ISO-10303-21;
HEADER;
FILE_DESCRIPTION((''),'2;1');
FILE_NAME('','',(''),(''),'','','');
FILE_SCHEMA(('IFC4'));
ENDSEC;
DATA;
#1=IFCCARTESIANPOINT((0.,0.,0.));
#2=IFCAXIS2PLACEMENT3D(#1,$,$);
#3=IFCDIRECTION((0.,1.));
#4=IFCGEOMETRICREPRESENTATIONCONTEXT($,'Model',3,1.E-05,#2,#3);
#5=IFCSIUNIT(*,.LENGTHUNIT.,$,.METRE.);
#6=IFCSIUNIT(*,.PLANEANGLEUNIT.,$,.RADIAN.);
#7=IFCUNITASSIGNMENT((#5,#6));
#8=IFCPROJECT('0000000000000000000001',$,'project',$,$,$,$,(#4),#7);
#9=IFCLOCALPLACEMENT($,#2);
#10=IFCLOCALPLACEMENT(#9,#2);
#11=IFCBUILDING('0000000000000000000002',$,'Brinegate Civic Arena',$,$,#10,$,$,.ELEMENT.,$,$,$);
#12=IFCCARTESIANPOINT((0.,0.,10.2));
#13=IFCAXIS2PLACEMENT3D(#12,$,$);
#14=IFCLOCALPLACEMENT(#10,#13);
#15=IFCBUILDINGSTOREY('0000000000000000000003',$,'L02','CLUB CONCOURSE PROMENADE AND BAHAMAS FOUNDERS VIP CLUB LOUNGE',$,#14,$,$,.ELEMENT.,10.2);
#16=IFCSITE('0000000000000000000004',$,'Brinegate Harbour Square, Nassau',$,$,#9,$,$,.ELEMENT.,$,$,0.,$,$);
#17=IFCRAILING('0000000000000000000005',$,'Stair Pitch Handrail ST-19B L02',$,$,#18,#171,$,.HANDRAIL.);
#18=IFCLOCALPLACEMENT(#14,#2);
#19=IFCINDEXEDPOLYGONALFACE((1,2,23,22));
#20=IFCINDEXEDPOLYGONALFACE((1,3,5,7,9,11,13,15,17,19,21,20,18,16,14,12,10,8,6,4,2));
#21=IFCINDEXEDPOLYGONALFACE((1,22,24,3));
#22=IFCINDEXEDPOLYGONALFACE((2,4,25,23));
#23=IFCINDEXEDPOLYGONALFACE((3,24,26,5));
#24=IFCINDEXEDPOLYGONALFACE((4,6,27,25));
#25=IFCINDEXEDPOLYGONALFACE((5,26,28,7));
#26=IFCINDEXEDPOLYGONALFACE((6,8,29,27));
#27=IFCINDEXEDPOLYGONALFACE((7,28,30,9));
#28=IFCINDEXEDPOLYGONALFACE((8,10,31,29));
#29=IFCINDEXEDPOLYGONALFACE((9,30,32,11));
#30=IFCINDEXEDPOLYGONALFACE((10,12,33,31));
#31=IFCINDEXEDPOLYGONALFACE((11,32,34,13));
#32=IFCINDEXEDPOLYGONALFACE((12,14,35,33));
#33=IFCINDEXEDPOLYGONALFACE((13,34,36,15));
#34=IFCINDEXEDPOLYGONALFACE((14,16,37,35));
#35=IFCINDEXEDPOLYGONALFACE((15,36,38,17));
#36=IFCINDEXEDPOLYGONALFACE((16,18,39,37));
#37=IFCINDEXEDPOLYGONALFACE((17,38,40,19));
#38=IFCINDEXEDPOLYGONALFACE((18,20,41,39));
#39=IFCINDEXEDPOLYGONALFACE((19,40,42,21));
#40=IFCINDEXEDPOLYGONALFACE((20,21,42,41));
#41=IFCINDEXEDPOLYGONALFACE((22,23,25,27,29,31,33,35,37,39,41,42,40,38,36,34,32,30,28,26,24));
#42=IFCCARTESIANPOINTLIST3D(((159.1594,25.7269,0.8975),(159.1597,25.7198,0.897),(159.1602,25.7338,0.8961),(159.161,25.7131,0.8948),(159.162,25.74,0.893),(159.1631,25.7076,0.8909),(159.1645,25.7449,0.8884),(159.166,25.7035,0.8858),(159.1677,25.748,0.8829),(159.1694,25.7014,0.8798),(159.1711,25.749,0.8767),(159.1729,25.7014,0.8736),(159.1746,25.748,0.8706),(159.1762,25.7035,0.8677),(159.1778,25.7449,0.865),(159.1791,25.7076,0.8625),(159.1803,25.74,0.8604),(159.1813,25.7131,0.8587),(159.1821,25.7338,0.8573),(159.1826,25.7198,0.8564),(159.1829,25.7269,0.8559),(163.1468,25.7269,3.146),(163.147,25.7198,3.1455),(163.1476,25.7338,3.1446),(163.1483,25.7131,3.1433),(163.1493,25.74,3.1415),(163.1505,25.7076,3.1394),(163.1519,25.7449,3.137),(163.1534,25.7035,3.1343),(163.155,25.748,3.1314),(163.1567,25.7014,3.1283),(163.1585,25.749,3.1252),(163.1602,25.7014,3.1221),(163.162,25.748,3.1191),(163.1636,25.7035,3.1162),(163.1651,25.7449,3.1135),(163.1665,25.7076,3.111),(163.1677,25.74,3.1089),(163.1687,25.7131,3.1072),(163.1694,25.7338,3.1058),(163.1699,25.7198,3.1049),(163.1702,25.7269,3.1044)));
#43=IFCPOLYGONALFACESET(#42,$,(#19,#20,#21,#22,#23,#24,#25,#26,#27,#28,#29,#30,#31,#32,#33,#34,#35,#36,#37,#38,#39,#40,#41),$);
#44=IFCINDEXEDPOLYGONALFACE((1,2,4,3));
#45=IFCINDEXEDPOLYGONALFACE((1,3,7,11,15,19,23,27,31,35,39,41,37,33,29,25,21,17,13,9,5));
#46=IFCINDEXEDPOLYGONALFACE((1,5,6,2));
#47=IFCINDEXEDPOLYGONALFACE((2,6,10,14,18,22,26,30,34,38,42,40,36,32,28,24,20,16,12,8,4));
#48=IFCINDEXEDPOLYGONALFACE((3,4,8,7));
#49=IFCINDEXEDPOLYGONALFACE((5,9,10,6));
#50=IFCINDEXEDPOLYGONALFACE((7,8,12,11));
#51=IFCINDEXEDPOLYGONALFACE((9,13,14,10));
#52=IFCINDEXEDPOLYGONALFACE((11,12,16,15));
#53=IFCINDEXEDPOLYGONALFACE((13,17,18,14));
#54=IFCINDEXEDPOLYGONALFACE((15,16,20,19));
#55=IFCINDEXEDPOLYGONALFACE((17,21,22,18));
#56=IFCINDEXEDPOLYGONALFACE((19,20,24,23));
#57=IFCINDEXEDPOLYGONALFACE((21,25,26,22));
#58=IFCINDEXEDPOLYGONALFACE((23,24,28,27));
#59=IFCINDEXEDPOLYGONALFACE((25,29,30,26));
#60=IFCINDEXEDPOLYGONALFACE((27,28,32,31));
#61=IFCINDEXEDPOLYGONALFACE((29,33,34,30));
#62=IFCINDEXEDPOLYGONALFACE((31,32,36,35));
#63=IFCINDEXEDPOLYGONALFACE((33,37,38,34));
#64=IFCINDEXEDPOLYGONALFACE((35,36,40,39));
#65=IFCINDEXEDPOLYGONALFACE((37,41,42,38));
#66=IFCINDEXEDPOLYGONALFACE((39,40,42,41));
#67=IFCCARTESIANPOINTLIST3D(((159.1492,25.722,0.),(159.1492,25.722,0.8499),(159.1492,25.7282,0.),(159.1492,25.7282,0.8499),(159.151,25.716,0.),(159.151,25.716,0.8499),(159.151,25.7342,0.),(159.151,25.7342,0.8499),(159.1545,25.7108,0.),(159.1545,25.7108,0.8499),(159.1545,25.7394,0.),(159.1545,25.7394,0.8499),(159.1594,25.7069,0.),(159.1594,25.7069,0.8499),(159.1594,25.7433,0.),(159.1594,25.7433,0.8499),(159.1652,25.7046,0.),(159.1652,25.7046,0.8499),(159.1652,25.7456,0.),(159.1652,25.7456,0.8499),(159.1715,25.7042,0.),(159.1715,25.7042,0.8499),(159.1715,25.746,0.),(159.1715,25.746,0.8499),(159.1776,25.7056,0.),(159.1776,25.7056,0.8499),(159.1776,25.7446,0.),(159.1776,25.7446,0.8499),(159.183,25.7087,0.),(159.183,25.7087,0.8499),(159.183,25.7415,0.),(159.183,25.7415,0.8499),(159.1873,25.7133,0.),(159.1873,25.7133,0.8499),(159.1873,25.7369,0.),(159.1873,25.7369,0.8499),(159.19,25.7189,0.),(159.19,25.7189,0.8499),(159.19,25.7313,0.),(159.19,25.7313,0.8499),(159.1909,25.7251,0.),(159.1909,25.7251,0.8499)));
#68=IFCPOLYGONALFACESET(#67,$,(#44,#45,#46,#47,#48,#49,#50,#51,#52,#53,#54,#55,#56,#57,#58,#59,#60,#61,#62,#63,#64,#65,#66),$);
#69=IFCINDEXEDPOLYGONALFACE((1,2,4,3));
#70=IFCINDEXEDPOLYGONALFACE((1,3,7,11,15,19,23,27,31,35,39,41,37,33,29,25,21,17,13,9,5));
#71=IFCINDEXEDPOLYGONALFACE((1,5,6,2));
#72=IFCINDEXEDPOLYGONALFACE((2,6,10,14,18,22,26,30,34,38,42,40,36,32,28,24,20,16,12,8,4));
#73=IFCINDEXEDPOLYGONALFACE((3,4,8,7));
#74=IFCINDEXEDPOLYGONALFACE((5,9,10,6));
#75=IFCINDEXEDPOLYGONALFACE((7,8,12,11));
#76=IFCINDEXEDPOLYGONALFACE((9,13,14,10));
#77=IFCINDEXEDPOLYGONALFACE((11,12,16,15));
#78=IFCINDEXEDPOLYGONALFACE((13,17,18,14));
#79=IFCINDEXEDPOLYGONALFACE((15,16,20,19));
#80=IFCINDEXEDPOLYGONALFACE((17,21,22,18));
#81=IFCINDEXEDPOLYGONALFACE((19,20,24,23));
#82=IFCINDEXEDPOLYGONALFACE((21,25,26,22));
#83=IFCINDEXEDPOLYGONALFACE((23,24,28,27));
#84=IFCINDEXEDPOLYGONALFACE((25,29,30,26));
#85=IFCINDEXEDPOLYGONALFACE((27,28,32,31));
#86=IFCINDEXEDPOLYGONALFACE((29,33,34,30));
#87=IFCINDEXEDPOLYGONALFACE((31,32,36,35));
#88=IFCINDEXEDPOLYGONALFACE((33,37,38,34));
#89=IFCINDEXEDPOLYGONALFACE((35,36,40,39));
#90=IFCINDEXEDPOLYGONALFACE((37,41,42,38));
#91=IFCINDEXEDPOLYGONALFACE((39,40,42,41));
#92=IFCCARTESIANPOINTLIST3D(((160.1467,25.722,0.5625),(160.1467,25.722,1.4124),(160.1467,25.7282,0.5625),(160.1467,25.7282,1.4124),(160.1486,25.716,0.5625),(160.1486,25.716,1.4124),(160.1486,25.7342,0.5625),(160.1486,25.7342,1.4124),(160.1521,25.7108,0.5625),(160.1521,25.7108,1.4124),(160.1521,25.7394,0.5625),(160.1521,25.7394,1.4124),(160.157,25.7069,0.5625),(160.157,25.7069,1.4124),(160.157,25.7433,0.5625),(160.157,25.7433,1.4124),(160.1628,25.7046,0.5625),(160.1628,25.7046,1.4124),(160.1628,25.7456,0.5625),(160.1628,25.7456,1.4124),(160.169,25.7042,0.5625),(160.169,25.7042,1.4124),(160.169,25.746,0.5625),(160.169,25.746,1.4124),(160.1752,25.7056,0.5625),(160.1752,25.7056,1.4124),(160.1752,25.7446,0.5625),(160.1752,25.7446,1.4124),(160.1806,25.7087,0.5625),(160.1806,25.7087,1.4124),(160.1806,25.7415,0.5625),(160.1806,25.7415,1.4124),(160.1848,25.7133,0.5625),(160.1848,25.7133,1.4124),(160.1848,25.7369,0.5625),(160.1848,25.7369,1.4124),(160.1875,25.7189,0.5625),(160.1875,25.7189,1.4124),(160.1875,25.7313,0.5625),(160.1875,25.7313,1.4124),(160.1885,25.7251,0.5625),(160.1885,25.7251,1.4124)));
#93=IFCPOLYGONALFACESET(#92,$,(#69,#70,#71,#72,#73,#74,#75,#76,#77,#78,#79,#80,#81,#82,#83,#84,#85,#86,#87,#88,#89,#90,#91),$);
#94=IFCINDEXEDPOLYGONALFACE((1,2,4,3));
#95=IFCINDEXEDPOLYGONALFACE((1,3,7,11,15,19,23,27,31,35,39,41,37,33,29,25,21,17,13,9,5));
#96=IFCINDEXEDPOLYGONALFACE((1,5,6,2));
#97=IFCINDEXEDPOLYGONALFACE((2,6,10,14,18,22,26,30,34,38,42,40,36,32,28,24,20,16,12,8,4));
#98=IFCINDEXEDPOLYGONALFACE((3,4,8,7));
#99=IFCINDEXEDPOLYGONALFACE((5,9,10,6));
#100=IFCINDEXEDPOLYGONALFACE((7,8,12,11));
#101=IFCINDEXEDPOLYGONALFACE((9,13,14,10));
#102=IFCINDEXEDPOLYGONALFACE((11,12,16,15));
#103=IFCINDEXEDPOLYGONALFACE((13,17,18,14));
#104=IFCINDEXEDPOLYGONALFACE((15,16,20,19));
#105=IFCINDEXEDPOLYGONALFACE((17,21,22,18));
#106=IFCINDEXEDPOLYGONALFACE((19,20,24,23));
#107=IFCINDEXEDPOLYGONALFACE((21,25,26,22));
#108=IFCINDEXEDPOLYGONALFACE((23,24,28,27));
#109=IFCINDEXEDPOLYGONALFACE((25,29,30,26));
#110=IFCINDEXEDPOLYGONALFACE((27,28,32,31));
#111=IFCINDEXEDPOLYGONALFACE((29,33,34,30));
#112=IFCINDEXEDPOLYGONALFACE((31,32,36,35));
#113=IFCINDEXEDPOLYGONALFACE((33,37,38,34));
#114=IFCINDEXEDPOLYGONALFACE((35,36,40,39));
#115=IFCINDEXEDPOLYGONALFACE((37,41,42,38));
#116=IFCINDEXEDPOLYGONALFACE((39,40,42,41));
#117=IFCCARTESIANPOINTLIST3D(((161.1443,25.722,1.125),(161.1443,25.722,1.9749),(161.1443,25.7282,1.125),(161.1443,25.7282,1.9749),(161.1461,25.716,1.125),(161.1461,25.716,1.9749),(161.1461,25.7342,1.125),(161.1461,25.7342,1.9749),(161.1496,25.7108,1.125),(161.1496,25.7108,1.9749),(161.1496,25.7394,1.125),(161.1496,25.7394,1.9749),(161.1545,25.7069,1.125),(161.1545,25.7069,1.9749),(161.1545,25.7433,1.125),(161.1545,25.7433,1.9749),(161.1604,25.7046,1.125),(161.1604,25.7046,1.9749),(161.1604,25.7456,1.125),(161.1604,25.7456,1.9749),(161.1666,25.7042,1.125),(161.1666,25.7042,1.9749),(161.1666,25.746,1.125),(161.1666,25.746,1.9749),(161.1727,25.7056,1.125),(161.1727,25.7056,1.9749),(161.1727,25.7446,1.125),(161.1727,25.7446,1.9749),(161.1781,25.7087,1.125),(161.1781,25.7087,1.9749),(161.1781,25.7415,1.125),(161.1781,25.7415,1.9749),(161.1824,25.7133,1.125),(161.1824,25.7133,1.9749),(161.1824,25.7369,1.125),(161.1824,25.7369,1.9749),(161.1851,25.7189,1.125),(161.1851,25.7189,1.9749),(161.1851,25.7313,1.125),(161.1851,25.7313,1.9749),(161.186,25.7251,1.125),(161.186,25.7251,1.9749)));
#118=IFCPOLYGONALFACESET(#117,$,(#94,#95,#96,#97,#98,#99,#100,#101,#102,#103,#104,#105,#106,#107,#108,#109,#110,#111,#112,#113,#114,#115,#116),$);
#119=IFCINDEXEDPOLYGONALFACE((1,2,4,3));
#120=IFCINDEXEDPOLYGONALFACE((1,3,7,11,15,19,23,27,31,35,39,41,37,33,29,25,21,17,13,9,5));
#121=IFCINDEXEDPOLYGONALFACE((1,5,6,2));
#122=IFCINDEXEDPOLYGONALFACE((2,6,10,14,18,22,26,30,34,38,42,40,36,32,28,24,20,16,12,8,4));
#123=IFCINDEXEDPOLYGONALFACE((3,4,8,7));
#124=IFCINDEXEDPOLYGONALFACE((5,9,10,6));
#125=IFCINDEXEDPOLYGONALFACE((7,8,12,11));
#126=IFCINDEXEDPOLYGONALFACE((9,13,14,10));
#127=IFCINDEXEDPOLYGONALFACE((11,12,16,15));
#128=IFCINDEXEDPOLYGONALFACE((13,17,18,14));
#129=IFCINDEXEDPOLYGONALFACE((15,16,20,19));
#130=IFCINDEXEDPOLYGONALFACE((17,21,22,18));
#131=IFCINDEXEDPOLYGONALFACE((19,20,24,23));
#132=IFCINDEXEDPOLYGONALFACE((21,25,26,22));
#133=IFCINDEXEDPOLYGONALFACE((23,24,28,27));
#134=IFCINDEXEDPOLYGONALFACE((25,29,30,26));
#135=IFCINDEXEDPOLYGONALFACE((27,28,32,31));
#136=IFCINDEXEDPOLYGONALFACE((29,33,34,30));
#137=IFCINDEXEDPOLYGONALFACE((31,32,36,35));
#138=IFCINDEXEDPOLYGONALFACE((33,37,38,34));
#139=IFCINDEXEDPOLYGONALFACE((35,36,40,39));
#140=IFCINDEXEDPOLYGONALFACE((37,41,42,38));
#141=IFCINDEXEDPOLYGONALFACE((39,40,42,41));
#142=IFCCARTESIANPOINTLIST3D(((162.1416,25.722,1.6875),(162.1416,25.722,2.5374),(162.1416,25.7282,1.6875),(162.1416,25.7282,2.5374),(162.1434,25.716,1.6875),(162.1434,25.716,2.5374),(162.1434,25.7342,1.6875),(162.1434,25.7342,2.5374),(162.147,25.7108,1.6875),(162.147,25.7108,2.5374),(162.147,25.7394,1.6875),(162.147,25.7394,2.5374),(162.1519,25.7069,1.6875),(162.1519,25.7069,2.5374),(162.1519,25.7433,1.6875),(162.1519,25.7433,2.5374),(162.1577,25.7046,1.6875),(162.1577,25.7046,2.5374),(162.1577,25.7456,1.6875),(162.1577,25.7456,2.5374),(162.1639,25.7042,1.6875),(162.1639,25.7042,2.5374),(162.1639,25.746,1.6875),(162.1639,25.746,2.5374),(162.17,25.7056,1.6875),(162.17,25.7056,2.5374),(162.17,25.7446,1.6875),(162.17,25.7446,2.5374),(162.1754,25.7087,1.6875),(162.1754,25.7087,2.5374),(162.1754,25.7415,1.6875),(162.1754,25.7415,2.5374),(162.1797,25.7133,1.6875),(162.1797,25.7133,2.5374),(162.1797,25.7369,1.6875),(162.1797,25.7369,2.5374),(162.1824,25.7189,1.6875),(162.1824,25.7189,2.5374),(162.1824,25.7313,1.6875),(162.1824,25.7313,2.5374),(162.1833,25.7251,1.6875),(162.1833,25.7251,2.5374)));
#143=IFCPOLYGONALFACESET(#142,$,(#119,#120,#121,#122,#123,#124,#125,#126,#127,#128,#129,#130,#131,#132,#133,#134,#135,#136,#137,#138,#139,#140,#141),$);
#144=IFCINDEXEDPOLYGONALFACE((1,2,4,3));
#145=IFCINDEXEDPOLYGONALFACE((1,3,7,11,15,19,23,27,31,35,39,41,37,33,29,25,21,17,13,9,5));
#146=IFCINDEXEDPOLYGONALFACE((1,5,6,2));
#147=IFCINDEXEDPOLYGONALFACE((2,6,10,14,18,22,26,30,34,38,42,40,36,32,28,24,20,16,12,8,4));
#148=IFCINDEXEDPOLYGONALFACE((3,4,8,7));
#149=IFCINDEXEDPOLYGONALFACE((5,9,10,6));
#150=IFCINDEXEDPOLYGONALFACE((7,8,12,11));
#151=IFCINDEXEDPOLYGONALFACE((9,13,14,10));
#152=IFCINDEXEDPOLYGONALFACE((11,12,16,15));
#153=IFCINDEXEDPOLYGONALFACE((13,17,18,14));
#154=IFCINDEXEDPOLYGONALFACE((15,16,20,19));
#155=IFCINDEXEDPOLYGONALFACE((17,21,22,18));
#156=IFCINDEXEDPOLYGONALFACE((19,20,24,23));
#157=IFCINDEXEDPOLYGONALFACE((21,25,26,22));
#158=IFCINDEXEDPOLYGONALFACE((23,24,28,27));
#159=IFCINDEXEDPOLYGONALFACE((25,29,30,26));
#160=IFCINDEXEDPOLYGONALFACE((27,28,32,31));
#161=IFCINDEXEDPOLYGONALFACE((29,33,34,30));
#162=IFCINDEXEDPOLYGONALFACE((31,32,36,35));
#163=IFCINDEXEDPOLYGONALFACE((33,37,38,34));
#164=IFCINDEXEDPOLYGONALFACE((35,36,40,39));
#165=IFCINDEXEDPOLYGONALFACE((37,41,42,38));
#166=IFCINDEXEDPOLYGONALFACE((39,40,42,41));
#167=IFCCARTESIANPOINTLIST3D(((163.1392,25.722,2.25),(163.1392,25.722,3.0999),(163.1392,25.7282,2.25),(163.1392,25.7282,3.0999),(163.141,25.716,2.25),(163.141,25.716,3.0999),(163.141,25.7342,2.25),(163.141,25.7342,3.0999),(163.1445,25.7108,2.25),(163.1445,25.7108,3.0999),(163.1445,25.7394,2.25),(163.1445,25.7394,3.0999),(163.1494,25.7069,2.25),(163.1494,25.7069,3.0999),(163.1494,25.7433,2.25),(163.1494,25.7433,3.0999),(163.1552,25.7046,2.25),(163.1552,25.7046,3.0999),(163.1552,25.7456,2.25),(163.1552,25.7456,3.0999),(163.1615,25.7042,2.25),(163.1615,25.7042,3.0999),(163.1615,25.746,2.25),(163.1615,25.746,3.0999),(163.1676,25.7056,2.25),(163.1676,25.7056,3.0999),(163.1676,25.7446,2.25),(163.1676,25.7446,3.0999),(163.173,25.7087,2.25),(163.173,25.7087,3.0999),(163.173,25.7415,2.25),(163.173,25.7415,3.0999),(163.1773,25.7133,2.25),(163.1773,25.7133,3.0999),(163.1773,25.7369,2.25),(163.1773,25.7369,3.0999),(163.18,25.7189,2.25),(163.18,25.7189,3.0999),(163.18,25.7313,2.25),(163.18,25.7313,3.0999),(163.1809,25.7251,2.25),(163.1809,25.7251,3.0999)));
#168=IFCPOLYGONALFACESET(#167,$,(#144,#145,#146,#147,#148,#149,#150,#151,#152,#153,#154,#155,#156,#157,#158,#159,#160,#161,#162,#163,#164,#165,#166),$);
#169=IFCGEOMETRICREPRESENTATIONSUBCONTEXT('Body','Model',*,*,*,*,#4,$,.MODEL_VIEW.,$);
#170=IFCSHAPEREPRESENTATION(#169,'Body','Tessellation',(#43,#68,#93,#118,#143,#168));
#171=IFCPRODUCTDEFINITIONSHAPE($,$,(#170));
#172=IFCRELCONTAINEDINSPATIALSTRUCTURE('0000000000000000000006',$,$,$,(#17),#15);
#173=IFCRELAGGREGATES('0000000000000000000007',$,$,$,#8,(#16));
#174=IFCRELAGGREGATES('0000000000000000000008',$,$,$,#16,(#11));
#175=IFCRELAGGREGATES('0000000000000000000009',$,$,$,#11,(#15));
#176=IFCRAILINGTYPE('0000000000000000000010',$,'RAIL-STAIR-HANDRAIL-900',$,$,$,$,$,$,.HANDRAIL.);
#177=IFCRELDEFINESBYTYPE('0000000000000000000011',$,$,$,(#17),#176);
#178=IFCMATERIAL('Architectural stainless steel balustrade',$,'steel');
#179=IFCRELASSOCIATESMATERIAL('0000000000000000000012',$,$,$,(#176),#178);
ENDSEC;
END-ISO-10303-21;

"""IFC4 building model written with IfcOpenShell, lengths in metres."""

from ifc_helpers import new_model, si_unit, direction, frame, origin, origin_2d, place, context, subcontext, project, spatial, circle, extrude, material, type_object, element, save


model = new_model("IFC4")

# Units and contexts
model_context = context("Model", 3, precision=1e-05, world=origin(), true_north=direction((0.0, 1.0)))
body_context = subcontext(model_context, "Body", "Model", "MODEL_VIEW")
ifc_project = project(units=[si_unit("LENGTHUNIT", "METRE"), si_unit("PLANEANGLEUNIT", "RADIAN")], contexts=[model_context])

# Site, building, storey
site_placement = place(None, origin())
site = spatial("IfcSite", under=ifc_project, at=site_placement, Name="Brinegate Harbour Square, Nassau", CompositionType="ELEMENT", RefElevation=0.0)
building_placement = place(site_placement, origin())
building = spatial("IfcBuilding", under=site, at=building_placement, Name="Brinegate Civic Arena", CompositionType="ELEMENT")
storey_placement = place(building_placement, frame((0.0, 0.0, 10.2)))
storey = spatial("IfcBuildingStorey", under=building, at=storey_placement, Name="L02", Description="CLUB CONCOURSE PROMENADE AND BAHAMAS FOUNDERS VIP CLUB LOUNGE", CompositionType="ELEMENT", Elevation=10.2)

# Railing
ifc_material_1 = material(Name="Architectural stainless steel balustrade", Category="steel")
railing_type_1 = type_object("IfcRailingType", Name="RAIL-STAIR-HANDRAIL-900", PredefinedType="HANDRAIL", material=ifc_material_1)
for number, where, name in (
    (1, (159.1699, 25.7251, 0.0), "Stair Pitch Handrail ST-19B L02"),
):
    element("IfcRailing", number, at=place(storey_placement, frame(where)), inside=storey, type_object=railing_type_1, Name=name, PredefinedType="HANDRAIL", context=body_context, shape_type="SweptSolid", body=[
        extrude(circle(Radius=0.0239, at=origin_2d()), frame((0.0012, 0.0, 0.8767), z_axis=(0.87105, 0.0, 0.491195), x_axis=(0.0, 1.0, 0.0)), (0.0, 0.0, 1.0), 4.5776),
        extrude(circle(Radius=0.021, at=origin_2d()), origin(), (0.0, 0.0, 1.0), 0.8499),
        extrude(circle(Radius=0.021, at=origin_2d()), frame((0.9976, 0.0, 0.5625)), (0.0, 0.0, 1.0), 0.8499),
        extrude(circle(Radius=0.021, at=origin_2d()), frame((1.9951, 0.0, 1.125)), (0.0, 0.0, 1.0), 0.8499),
        extrude(circle(Radius=0.021, at=origin_2d()), frame((2.9924, 0.0, 1.6875)), (0.0, 0.0, 1.0), 0.8499),
        extrude(circle(Radius=0.021, at=origin_2d()), frame((3.99, 0.0, 2.25)), (0.0, 0.0, 1.0), 0.8499),
    ])

save(model, "model.ifc")
